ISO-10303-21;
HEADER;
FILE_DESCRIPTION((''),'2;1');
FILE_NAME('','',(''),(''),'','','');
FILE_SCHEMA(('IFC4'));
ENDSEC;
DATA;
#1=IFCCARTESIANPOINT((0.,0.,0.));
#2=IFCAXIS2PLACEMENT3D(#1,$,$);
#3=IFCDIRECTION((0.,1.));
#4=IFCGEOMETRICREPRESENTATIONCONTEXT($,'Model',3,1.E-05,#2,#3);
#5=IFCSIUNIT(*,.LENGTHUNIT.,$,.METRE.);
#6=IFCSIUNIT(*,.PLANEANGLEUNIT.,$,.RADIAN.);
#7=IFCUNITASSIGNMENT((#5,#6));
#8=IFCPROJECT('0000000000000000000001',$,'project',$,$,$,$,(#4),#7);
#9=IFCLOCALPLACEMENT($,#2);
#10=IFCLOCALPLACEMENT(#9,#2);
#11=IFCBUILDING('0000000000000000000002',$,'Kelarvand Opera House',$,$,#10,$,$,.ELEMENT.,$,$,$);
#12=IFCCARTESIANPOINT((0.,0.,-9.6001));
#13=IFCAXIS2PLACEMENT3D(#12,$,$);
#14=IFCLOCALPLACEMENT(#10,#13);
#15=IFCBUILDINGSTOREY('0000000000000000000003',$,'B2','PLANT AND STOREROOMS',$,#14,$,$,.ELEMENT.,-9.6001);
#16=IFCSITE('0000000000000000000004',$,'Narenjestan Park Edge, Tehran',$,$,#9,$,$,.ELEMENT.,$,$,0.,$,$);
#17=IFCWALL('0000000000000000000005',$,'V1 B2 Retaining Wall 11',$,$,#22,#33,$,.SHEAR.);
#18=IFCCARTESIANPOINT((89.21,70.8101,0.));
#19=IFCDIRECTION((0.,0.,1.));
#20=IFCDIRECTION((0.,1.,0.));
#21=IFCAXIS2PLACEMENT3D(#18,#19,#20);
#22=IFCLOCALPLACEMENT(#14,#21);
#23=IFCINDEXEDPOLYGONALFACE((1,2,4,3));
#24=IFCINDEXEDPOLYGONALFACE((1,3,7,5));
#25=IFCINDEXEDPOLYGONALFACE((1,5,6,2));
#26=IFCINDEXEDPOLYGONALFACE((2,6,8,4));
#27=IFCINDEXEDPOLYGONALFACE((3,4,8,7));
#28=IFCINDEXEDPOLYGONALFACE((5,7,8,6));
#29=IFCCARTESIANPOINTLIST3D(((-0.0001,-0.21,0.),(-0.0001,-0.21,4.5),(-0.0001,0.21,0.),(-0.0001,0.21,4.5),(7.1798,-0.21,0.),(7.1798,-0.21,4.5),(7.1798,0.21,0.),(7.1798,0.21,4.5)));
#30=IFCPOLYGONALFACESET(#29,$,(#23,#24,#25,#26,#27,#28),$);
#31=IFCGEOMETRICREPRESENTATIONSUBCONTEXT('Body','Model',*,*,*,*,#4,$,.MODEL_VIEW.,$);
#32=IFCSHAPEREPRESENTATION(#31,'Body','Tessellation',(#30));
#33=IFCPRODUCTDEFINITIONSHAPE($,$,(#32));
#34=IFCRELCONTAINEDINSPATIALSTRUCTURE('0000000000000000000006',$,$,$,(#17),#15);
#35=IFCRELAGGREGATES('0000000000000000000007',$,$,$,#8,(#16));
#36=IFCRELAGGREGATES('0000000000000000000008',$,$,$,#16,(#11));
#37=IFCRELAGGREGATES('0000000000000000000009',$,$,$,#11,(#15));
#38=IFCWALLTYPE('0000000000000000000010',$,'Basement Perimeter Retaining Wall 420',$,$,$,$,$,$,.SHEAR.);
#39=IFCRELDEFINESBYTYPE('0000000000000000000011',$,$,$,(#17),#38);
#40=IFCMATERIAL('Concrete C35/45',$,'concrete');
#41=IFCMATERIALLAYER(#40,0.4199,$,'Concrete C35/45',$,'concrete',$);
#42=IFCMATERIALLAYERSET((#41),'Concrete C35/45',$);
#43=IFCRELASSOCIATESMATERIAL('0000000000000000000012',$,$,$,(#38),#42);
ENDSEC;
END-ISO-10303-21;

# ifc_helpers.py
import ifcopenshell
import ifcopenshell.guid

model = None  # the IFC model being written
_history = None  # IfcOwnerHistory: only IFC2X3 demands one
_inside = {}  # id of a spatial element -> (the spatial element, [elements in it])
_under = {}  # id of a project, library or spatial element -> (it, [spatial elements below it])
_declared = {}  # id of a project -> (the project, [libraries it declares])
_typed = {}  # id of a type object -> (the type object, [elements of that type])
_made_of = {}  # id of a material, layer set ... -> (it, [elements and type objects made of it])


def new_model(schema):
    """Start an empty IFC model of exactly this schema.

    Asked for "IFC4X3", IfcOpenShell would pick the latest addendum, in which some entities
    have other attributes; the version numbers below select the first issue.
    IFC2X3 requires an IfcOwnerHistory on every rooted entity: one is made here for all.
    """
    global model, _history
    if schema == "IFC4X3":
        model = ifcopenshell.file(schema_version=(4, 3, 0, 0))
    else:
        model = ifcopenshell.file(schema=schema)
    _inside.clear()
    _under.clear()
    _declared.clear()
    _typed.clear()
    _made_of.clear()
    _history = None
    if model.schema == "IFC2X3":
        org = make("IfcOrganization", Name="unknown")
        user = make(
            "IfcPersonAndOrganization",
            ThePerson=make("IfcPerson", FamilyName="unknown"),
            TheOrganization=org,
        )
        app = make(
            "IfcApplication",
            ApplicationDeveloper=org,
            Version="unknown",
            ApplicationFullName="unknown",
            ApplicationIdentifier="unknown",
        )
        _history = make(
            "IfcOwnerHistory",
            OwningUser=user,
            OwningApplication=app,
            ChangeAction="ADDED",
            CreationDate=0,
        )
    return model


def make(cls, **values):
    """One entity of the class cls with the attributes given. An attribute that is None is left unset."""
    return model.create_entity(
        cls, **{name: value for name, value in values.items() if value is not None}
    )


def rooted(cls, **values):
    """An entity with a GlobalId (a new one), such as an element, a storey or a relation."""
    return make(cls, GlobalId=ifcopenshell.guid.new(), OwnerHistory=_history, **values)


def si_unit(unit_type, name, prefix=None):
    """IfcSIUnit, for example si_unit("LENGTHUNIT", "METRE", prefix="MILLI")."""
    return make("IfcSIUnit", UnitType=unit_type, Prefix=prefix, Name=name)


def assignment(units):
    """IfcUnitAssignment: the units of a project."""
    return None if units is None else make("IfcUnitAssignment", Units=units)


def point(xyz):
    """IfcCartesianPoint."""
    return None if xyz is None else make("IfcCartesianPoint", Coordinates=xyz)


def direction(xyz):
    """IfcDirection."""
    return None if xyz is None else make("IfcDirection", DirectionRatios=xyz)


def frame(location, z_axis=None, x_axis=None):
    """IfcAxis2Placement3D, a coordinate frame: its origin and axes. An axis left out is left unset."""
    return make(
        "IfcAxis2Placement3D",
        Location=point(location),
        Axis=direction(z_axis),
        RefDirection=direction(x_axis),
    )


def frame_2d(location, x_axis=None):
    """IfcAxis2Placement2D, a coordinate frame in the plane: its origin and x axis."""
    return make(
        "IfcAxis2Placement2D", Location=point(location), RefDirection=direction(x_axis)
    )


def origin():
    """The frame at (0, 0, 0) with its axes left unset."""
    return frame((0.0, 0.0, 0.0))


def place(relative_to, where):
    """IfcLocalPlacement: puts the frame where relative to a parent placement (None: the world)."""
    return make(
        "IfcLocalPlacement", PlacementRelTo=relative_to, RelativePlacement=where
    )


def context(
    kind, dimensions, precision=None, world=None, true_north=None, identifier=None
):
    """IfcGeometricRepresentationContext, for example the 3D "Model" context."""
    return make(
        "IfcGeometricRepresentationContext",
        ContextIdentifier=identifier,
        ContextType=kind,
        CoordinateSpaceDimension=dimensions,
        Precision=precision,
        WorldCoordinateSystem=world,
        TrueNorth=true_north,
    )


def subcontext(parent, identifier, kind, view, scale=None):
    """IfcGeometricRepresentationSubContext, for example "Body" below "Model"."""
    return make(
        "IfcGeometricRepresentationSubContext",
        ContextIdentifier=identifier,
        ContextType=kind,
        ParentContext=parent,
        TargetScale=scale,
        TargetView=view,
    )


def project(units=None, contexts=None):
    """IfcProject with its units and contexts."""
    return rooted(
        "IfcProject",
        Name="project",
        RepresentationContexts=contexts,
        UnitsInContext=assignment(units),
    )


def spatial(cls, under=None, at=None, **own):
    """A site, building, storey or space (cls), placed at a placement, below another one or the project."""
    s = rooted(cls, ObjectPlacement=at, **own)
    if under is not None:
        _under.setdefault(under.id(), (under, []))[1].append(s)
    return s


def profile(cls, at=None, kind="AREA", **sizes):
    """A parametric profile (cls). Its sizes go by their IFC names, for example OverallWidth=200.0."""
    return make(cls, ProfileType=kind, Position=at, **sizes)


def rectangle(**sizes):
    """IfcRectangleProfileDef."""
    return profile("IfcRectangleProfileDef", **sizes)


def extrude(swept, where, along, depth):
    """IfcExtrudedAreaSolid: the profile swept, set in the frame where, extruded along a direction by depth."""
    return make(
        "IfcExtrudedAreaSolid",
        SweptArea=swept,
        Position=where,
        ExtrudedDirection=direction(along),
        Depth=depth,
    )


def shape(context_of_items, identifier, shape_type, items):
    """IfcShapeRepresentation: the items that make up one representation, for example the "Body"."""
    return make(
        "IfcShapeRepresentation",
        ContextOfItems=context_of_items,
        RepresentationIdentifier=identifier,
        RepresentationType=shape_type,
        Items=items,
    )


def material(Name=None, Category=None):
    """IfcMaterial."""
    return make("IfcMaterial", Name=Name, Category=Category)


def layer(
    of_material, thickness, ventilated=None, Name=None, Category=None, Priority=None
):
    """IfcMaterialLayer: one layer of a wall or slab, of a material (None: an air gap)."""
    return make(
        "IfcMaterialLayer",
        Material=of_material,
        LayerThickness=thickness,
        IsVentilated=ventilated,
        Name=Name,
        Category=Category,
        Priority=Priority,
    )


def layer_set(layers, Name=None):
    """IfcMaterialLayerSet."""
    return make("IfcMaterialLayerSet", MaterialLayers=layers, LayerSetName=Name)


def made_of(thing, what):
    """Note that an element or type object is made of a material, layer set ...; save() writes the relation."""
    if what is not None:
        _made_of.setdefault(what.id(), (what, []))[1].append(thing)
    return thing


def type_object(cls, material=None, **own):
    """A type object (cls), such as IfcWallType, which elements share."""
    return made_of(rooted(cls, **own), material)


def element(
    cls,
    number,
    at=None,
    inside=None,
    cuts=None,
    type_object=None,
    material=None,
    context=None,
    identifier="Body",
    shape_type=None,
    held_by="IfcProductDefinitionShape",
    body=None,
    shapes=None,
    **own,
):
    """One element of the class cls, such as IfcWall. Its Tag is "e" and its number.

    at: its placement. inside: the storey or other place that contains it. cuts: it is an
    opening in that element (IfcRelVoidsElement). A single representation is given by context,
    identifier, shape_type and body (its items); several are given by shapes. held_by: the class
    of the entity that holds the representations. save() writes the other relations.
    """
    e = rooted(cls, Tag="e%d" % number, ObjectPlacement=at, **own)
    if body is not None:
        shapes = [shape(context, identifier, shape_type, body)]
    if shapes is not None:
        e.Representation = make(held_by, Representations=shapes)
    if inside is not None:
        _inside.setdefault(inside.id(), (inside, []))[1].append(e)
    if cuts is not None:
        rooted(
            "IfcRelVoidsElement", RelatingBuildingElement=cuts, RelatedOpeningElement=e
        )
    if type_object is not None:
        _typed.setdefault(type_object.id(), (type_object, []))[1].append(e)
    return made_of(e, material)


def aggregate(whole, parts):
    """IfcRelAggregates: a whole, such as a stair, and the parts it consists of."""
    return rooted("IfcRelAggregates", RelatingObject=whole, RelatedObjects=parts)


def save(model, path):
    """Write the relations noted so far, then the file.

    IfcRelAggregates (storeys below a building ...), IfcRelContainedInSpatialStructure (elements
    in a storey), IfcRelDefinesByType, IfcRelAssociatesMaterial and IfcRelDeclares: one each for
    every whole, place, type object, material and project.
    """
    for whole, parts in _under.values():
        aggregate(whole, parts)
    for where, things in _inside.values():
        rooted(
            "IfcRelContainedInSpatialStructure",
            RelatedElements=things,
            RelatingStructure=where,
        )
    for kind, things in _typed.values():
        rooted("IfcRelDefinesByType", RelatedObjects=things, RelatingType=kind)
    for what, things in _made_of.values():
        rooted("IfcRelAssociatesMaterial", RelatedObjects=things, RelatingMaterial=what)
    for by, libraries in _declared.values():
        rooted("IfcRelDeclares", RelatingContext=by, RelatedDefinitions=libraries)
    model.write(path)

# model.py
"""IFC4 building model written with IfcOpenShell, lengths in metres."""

from ifc_helpers import new_model, si_unit, direction, frame, frame_2d, origin, place, context, subcontext, project, spatial, rectangle, extrude, material, layer, layer_set, type_object, element, save


model = new_model("IFC4")

# Units and contexts
model_context = context("Model", 3, precision=1e-05, world=origin(), true_north=direction((0.0, 1.0)))
body_context = subcontext(model_context, "Body", "Model", "MODEL_VIEW")
ifc_project = project(units=[si_unit("LENGTHUNIT", "METRE"), si_unit("PLANEANGLEUNIT", "RADIAN")], contexts=[model_context])

# Site, building, storey
site_placement = place(None, origin())
site = spatial("IfcSite", under=ifc_project, at=site_placement, Name="Narenjestan Park Edge, Tehran", CompositionType="ELEMENT", RefElevation=0.0)
building_placement = place(site_placement, origin())
building = spatial("IfcBuilding", under=site, at=building_placement, Name="Kelarvand Opera House", CompositionType="ELEMENT")
storey_placement = place(building_placement, frame((0.0, 0.0, -9.6001)))
storey = spatial("IfcBuildingStorey", under=building, at=storey_placement, Name="B2", Description="PLANT AND STOREROOMS", CompositionType="ELEMENT", Elevation=-9.6001)

# Wall
ifc_material_1 = material(Name="Concrete C35/45", Category="concrete")
ifc_layer_1 = layer(ifc_material_1, 0.4199, Name="Concrete C35/45", Category="concrete")
ifc_layer_set_1 = layer_set([ifc_layer_1], Name="Concrete C35/45")
wall_type_1 = type_object("IfcWallType", Name="Basement Perimeter Retaining Wall 420", PredefinedType="SHEAR", material=ifc_layer_set_1)
wall_1_placement = place(storey_placement, frame((89.21, 70.8101, 0.0), z_axis=(0.0, 0.0, 1.0), x_axis=(0.0, 1.0, 0.0)))
element("IfcWall", 1, at=wall_1_placement, inside=storey, type_object=wall_type_1, Name="V1 B2 Retaining Wall 11", PredefinedType="SHEAR", context=body_context, shape_type="SweptSolid", body=[
    extrude(rectangle(XDim=7.1799, YDim=0.4199, at=frame_2d((3.5898, 0.0))), origin(), (0.0, 0.0, 1.0), 4.5),
])

save(model, "model.ifc")
